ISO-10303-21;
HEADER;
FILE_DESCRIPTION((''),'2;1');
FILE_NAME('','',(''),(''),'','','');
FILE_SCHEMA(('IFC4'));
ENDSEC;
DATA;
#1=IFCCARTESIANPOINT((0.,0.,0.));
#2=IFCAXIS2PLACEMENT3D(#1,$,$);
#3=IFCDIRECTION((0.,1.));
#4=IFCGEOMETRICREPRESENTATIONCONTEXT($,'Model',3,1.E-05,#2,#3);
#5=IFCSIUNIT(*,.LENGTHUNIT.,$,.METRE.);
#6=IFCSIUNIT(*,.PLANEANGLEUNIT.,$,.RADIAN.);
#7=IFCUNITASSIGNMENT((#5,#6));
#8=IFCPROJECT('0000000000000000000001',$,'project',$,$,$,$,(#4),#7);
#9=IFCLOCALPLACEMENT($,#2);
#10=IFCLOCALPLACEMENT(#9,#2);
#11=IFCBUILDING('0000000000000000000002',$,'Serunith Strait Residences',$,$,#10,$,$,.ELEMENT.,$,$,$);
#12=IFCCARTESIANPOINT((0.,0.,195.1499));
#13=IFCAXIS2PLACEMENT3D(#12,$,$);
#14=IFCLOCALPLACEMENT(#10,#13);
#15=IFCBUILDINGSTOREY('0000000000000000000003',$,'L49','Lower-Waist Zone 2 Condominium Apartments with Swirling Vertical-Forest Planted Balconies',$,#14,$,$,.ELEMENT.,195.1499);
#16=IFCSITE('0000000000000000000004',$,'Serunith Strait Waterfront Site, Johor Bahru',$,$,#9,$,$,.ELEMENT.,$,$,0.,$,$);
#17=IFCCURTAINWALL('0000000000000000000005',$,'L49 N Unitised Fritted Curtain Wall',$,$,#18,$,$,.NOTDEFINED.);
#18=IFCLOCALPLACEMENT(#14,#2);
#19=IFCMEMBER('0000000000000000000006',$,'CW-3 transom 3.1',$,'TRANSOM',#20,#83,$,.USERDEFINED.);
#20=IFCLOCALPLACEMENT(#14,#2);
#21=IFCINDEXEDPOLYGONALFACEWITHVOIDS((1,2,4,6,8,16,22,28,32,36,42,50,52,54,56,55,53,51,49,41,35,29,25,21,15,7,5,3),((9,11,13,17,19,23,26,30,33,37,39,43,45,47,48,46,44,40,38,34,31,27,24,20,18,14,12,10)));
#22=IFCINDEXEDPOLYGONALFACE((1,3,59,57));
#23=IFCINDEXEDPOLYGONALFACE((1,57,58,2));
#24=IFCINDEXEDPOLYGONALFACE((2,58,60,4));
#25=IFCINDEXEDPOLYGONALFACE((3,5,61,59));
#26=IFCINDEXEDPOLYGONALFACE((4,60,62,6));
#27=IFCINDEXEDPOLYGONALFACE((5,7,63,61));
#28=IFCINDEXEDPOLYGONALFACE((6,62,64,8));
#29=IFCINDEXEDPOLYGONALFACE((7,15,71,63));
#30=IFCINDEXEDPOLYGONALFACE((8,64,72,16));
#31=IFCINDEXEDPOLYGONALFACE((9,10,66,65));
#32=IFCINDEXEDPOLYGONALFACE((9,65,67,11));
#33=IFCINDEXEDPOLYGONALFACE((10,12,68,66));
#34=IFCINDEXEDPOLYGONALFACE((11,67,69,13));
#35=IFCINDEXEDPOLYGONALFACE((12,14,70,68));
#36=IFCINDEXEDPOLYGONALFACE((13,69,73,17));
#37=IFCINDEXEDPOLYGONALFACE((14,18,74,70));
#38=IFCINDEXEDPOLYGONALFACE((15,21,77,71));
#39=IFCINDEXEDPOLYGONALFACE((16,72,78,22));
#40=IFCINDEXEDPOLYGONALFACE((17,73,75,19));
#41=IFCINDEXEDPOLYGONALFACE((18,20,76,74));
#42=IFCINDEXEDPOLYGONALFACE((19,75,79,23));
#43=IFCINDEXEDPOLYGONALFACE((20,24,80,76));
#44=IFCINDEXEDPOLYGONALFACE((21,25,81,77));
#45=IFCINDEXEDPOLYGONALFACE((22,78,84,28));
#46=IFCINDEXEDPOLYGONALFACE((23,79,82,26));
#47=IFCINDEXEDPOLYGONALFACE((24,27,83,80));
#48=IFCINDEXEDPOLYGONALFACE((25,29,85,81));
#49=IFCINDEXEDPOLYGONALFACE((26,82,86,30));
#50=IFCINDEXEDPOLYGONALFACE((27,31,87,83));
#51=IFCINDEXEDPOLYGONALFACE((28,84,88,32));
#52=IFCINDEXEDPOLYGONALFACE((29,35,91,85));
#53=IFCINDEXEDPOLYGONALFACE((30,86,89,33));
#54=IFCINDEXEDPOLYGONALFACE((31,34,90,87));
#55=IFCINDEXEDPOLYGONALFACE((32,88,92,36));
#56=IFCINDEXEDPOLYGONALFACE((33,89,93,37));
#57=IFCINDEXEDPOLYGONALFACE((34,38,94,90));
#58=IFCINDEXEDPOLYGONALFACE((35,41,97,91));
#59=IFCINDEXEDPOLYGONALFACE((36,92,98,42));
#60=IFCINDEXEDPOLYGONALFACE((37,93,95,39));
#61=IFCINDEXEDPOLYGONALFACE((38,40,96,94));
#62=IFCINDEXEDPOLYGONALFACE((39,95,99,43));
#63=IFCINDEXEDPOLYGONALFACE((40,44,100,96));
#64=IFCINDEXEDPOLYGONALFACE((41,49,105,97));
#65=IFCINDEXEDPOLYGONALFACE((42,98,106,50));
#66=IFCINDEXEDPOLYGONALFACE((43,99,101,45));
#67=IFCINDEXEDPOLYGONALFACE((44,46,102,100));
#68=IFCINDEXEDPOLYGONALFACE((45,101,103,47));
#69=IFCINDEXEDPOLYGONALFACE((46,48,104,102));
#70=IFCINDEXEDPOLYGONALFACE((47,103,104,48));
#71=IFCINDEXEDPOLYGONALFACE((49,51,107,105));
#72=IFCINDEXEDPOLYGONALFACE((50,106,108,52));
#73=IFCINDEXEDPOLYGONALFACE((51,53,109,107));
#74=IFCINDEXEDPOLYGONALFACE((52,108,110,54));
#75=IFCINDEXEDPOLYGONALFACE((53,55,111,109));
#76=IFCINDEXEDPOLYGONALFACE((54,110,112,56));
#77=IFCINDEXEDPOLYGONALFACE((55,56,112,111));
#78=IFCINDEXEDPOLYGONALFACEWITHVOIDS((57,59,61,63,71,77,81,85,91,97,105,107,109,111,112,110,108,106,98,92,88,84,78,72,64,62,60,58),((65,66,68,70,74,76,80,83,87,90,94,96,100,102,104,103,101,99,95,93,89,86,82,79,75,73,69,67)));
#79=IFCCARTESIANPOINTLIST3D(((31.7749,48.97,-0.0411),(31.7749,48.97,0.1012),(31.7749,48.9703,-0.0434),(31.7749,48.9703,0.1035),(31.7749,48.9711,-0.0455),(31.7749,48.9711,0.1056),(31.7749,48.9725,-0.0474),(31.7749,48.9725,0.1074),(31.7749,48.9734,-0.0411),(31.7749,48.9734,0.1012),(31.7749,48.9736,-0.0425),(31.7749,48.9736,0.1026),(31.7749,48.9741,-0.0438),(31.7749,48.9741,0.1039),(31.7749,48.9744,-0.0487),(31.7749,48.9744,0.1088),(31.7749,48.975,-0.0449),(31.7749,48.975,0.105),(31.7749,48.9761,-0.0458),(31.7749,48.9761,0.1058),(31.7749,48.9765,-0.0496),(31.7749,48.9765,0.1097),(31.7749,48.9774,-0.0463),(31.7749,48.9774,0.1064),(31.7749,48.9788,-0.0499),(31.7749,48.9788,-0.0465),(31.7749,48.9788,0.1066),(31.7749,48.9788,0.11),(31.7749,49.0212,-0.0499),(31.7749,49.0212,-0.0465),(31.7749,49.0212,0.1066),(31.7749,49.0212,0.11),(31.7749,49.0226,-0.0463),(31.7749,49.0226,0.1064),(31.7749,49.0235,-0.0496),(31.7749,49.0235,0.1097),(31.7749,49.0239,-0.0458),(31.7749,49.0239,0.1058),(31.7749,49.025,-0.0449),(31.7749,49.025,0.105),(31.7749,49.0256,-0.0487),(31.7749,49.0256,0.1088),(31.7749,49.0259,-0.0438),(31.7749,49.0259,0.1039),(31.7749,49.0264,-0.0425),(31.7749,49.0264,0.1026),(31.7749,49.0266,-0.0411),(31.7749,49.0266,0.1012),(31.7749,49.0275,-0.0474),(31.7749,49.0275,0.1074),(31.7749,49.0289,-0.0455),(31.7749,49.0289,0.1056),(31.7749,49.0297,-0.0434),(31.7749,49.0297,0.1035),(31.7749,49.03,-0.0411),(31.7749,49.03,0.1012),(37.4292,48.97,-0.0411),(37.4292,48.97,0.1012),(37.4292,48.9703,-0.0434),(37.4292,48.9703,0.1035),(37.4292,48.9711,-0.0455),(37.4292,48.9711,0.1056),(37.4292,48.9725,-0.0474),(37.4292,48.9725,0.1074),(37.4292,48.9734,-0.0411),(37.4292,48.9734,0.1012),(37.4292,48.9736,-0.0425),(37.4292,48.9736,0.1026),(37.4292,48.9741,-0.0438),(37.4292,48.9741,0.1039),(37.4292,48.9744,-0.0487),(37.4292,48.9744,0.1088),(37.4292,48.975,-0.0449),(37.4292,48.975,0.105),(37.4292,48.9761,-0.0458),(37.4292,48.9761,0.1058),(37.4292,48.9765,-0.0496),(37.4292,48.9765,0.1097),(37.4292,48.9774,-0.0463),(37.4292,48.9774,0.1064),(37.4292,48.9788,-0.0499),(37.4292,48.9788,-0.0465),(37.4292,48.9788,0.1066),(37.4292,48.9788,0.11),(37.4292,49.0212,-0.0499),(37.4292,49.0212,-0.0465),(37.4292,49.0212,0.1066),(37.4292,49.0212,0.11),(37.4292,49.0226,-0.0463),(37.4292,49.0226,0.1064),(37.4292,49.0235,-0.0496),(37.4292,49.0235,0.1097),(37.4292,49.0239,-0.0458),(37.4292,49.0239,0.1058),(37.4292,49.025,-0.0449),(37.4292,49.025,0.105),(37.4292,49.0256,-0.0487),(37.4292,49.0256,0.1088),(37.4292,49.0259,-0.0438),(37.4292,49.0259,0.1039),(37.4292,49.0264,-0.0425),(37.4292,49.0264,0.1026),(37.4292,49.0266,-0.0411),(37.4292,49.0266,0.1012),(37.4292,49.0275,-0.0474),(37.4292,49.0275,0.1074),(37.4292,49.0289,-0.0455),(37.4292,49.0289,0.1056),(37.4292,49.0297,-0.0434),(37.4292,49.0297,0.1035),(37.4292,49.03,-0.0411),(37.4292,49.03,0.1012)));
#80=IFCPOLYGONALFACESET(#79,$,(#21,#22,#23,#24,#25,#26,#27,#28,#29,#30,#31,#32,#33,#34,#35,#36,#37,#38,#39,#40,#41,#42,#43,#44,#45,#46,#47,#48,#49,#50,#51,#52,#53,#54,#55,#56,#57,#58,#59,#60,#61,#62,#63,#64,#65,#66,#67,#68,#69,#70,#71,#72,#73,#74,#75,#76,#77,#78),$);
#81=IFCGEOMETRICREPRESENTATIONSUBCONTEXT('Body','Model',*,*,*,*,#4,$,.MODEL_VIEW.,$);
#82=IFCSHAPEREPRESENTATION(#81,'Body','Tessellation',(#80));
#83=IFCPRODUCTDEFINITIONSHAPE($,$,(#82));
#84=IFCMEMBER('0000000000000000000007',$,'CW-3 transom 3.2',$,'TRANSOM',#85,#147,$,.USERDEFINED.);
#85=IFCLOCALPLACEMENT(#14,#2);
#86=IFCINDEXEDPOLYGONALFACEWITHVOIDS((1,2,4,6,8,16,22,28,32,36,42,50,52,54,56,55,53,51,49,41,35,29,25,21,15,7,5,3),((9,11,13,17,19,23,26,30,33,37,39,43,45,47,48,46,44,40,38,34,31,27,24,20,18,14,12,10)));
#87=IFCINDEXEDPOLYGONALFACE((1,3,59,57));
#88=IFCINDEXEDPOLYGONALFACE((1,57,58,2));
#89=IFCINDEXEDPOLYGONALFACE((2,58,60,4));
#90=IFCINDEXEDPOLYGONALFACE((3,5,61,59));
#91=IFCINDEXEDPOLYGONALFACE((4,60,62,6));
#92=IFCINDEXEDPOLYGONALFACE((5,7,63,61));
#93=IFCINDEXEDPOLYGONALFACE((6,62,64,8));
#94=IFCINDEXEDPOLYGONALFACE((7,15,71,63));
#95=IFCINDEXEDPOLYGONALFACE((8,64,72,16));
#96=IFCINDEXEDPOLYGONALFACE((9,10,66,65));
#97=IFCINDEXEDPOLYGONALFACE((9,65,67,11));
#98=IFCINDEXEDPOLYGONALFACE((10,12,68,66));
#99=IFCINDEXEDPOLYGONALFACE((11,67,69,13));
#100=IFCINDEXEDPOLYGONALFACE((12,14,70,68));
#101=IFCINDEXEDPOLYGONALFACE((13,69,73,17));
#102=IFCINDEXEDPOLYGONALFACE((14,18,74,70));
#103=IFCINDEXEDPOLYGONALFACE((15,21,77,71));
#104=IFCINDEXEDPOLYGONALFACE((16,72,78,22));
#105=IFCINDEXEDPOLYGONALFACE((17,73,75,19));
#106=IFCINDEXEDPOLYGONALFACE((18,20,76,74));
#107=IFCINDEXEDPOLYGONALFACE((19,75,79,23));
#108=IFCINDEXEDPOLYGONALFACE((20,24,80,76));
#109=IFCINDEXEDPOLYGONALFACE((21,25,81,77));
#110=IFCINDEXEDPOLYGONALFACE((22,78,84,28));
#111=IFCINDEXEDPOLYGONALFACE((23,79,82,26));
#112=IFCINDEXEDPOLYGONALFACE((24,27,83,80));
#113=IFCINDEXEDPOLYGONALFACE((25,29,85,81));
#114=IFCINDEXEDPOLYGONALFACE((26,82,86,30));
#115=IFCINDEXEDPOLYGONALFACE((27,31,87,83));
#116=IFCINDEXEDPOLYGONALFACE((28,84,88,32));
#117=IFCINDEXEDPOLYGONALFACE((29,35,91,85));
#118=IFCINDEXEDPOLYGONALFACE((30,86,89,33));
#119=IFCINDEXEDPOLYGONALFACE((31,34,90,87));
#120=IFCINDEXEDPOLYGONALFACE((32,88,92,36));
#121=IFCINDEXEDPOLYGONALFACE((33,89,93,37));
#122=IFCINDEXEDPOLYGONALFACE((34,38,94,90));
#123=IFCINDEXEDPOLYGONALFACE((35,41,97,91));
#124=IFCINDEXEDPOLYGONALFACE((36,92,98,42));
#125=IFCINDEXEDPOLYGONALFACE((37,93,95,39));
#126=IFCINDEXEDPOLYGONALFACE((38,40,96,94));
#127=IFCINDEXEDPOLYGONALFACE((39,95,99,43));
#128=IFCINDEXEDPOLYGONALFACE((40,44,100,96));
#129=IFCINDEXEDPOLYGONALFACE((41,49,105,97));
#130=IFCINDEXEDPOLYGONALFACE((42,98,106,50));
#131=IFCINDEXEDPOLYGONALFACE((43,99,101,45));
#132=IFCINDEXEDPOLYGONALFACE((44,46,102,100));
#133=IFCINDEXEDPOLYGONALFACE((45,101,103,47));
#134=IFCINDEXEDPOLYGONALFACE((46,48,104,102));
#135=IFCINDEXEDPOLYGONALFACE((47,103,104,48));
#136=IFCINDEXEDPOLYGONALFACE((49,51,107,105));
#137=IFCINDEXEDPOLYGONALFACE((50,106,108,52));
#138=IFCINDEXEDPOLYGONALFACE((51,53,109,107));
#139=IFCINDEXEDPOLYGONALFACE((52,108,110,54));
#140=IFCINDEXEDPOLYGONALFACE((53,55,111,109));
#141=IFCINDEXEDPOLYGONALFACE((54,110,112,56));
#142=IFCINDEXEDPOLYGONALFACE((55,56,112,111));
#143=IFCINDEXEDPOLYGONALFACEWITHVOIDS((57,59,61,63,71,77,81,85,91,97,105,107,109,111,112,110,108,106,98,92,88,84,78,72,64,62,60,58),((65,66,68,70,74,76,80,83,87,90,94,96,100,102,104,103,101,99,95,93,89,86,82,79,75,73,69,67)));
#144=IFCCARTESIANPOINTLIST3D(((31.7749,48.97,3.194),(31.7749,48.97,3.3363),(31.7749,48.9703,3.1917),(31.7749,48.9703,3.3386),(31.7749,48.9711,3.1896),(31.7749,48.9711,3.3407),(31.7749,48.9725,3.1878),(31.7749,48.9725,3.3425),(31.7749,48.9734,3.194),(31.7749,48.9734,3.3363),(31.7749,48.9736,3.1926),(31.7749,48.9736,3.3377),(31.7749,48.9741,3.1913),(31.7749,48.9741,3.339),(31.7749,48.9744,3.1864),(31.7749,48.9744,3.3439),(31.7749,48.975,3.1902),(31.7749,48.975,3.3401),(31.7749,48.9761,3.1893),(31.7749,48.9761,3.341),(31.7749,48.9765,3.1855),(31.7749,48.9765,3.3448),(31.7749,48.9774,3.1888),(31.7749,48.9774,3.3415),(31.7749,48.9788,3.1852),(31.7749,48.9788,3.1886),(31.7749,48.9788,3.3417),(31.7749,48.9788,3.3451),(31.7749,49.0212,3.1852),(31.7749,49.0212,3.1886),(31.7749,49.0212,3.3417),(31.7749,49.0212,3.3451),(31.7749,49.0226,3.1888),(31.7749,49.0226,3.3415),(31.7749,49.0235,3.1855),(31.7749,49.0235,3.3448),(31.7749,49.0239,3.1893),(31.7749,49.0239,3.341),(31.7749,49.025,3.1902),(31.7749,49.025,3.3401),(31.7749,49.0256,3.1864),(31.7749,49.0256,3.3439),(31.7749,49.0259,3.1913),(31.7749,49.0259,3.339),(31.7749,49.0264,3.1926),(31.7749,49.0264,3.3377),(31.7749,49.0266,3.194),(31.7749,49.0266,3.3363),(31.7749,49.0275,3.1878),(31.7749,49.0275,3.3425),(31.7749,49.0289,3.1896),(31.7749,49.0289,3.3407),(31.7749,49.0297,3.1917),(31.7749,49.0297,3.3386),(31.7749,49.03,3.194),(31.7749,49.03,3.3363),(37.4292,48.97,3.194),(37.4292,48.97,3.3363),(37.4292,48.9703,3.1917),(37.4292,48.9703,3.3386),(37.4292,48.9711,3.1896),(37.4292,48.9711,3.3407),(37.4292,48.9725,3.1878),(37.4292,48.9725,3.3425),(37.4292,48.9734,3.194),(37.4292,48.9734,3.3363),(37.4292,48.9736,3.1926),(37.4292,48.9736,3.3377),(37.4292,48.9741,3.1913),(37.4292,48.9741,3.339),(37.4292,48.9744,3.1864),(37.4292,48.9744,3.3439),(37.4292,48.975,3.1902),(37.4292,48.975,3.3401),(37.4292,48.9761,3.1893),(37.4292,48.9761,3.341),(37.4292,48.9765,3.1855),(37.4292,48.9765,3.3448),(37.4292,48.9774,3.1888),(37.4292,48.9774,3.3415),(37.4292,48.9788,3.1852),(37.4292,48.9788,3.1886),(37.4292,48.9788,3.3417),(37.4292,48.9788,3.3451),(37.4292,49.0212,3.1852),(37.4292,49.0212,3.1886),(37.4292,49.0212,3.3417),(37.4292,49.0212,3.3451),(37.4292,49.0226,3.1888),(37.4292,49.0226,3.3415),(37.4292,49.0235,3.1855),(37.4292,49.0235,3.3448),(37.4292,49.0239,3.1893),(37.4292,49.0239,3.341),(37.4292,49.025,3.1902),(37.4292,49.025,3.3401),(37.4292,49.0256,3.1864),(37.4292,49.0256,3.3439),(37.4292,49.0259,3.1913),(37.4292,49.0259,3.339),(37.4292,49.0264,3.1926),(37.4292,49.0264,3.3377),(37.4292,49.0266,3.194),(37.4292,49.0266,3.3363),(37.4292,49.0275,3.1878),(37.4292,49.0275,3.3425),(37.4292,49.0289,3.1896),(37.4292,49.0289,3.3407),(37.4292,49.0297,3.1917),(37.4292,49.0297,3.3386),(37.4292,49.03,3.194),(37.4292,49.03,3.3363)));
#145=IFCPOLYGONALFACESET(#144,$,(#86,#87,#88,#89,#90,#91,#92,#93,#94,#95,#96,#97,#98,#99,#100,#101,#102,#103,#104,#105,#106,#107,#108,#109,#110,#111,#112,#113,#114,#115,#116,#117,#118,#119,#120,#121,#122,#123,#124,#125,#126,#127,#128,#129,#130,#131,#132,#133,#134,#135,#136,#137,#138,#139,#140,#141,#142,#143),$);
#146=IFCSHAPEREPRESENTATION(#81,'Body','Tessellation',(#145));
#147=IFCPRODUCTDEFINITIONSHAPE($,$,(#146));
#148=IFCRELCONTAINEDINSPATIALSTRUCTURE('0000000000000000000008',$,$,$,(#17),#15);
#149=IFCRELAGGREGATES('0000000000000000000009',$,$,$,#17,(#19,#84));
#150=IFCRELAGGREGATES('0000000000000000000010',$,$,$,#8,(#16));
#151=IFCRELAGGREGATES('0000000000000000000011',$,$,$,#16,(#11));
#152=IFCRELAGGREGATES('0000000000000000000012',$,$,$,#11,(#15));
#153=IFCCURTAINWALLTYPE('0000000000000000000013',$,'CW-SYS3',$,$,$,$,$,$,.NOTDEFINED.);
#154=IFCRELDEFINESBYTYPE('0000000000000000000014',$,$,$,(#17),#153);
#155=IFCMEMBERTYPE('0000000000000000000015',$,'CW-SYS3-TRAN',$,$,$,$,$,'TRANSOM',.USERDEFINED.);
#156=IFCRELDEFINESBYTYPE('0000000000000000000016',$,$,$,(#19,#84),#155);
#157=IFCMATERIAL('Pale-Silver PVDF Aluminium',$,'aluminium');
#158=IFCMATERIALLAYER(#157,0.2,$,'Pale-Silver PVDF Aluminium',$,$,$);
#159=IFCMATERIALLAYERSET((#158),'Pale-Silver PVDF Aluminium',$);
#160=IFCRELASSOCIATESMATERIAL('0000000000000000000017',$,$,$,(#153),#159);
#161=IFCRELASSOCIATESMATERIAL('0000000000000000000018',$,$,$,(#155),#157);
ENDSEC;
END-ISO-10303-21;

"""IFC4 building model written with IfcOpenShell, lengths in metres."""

from ifc_helpers import new_model, si_unit, direction, frame, origin, origin_2d, place, context, subcontext, project, spatial, hollow_rectangle, extrude, source, transform, mapped, material, layer, layer_set, material_profile, profile_set, type_object, element, aggregate, save


model = new_model("IFC4")

# Units and contexts
model_context = context("Model", 3, precision=1e-05, world=origin(), true_north=direction((0.0, 1.0)))
body_context = subcontext(model_context, "Body", "Model", "MODEL_VIEW")
ifc_project = project(units=[si_unit("LENGTHUNIT", "METRE"), si_unit("PLANEANGLEUNIT", "RADIAN")], contexts=[model_context])

# Site, building, storey
site_placement = place(None, origin())
site = spatial("IfcSite", under=ifc_project, at=site_placement, Name="Serunith Strait Waterfront Site, Johor Bahru", CompositionType="ELEMENT", RefElevation=0.0)
building_placement = place(site_placement, origin())
building = spatial("IfcBuilding", under=site, at=building_placement, Name="Serunith Strait Residences", CompositionType="ELEMENT")
storey_placement = place(building_placement, frame((0.0, 0.0, 195.1499)))
storey = spatial("IfcBuildingStorey", under=building, at=storey_placement, Name="L49", Description="Lower-Waist Zone 2 Condominium Apartments with Swirling Vertical-Forest Planted Balconies", CompositionType="ELEMENT", Elevation=195.1499)

# Curtain wall, members
ifc_material_1 = material(Name="Pale-Silver PVDF Aluminium", Category="aluminium")
ifc_layer_1 = layer(ifc_material_1, 0.2, Name="Pale-Silver PVDF Aluminium")
ifc_layer_set_1 = layer_set([ifc_layer_1], Name="Pale-Silver PVDF Aluminium")
curtain_wall_type = type_object("IfcCurtainWallType", Name="CW-SYS3", PredefinedType="NOTDEFINED", material=ifc_layer_set_1)
curtain_wall_placement = place(storey_placement, origin())
curtain_wall = element("IfcCurtainWall", 1, at=curtain_wall_placement, inside=storey, type_object=curtain_wall_type, Name="L49 N Unitised Fritted Curtain Wall", PredefinedType="NOTDEFINED")
ifc_material_profile_1 = material_profile(ifc_material_1, hollow_rectangle(XDim=0.0601, YDim=0.1599, WallThickness=0.0034, InnerFilletRadius=0.0054, OuterFilletRadius=0.0088, at=origin_2d()), Name="ALU 160x60x3.5")
ifc_profile_set_1 = profile_set([ifc_material_profile_1], Name="Pale-Silver PVDF Aluminium")
member_type_1 = type_object("IfcMemberType", Name="CW-SYS3-TRAN", ElementType="TRANSOM", PredefinedType="USERDEFINED", material=ifc_profile_set_1)
shared_shape_1 = source(origin(), body_context, "Body", "SweptSolid", [
    extrude(hollow_rectangle(XDim=0.0601, YDim=0.1599, WallThickness=0.0034, InnerFilletRadius=0.0054, OuterFilletRadius=0.0088, at=origin_2d()), origin(), (0.0, 0.0, 1.0), 5.6543),
])
member_1_placement = place(storey_placement, frame((37.4292, 49.0, 0.03), z_axis=(-1.0, 0.0, 0.0), x_axis=(0.0, -1.0, 0.0)))
member_1 = element("IfcMember", 2, at=member_1_placement, type_object=member_type_1, Name="CW-3 transom 3.1", ObjectType="TRANSOM", PredefinedType="USERDEFINED", context=body_context, shape_type="MappedRepresentation", body=[
    mapped(shared_shape_1, transform((0.0, 0.0, 0.0), scale=1.0)),
])
member_2_placement = place(storey_placement, frame((37.4292, 49.0, 3.2651), z_axis=(-1.0, 0.0, 0.0), x_axis=(0.0, -1.0, 0.0)))
member_2 = element("IfcMember", 3, at=member_2_placement, type_object=member_type_1, Name="CW-3 transom 3.2", ObjectType="TRANSOM", PredefinedType="USERDEFINED", context=body_context, shape_type="MappedRepresentation", body=[
    mapped(shared_shape_1, transform((0.0, 0.0, 0.0), scale=1.0)),
])
aggregate(curtain_wall, [member_1, member_2])

save(model, "model.ifc")
